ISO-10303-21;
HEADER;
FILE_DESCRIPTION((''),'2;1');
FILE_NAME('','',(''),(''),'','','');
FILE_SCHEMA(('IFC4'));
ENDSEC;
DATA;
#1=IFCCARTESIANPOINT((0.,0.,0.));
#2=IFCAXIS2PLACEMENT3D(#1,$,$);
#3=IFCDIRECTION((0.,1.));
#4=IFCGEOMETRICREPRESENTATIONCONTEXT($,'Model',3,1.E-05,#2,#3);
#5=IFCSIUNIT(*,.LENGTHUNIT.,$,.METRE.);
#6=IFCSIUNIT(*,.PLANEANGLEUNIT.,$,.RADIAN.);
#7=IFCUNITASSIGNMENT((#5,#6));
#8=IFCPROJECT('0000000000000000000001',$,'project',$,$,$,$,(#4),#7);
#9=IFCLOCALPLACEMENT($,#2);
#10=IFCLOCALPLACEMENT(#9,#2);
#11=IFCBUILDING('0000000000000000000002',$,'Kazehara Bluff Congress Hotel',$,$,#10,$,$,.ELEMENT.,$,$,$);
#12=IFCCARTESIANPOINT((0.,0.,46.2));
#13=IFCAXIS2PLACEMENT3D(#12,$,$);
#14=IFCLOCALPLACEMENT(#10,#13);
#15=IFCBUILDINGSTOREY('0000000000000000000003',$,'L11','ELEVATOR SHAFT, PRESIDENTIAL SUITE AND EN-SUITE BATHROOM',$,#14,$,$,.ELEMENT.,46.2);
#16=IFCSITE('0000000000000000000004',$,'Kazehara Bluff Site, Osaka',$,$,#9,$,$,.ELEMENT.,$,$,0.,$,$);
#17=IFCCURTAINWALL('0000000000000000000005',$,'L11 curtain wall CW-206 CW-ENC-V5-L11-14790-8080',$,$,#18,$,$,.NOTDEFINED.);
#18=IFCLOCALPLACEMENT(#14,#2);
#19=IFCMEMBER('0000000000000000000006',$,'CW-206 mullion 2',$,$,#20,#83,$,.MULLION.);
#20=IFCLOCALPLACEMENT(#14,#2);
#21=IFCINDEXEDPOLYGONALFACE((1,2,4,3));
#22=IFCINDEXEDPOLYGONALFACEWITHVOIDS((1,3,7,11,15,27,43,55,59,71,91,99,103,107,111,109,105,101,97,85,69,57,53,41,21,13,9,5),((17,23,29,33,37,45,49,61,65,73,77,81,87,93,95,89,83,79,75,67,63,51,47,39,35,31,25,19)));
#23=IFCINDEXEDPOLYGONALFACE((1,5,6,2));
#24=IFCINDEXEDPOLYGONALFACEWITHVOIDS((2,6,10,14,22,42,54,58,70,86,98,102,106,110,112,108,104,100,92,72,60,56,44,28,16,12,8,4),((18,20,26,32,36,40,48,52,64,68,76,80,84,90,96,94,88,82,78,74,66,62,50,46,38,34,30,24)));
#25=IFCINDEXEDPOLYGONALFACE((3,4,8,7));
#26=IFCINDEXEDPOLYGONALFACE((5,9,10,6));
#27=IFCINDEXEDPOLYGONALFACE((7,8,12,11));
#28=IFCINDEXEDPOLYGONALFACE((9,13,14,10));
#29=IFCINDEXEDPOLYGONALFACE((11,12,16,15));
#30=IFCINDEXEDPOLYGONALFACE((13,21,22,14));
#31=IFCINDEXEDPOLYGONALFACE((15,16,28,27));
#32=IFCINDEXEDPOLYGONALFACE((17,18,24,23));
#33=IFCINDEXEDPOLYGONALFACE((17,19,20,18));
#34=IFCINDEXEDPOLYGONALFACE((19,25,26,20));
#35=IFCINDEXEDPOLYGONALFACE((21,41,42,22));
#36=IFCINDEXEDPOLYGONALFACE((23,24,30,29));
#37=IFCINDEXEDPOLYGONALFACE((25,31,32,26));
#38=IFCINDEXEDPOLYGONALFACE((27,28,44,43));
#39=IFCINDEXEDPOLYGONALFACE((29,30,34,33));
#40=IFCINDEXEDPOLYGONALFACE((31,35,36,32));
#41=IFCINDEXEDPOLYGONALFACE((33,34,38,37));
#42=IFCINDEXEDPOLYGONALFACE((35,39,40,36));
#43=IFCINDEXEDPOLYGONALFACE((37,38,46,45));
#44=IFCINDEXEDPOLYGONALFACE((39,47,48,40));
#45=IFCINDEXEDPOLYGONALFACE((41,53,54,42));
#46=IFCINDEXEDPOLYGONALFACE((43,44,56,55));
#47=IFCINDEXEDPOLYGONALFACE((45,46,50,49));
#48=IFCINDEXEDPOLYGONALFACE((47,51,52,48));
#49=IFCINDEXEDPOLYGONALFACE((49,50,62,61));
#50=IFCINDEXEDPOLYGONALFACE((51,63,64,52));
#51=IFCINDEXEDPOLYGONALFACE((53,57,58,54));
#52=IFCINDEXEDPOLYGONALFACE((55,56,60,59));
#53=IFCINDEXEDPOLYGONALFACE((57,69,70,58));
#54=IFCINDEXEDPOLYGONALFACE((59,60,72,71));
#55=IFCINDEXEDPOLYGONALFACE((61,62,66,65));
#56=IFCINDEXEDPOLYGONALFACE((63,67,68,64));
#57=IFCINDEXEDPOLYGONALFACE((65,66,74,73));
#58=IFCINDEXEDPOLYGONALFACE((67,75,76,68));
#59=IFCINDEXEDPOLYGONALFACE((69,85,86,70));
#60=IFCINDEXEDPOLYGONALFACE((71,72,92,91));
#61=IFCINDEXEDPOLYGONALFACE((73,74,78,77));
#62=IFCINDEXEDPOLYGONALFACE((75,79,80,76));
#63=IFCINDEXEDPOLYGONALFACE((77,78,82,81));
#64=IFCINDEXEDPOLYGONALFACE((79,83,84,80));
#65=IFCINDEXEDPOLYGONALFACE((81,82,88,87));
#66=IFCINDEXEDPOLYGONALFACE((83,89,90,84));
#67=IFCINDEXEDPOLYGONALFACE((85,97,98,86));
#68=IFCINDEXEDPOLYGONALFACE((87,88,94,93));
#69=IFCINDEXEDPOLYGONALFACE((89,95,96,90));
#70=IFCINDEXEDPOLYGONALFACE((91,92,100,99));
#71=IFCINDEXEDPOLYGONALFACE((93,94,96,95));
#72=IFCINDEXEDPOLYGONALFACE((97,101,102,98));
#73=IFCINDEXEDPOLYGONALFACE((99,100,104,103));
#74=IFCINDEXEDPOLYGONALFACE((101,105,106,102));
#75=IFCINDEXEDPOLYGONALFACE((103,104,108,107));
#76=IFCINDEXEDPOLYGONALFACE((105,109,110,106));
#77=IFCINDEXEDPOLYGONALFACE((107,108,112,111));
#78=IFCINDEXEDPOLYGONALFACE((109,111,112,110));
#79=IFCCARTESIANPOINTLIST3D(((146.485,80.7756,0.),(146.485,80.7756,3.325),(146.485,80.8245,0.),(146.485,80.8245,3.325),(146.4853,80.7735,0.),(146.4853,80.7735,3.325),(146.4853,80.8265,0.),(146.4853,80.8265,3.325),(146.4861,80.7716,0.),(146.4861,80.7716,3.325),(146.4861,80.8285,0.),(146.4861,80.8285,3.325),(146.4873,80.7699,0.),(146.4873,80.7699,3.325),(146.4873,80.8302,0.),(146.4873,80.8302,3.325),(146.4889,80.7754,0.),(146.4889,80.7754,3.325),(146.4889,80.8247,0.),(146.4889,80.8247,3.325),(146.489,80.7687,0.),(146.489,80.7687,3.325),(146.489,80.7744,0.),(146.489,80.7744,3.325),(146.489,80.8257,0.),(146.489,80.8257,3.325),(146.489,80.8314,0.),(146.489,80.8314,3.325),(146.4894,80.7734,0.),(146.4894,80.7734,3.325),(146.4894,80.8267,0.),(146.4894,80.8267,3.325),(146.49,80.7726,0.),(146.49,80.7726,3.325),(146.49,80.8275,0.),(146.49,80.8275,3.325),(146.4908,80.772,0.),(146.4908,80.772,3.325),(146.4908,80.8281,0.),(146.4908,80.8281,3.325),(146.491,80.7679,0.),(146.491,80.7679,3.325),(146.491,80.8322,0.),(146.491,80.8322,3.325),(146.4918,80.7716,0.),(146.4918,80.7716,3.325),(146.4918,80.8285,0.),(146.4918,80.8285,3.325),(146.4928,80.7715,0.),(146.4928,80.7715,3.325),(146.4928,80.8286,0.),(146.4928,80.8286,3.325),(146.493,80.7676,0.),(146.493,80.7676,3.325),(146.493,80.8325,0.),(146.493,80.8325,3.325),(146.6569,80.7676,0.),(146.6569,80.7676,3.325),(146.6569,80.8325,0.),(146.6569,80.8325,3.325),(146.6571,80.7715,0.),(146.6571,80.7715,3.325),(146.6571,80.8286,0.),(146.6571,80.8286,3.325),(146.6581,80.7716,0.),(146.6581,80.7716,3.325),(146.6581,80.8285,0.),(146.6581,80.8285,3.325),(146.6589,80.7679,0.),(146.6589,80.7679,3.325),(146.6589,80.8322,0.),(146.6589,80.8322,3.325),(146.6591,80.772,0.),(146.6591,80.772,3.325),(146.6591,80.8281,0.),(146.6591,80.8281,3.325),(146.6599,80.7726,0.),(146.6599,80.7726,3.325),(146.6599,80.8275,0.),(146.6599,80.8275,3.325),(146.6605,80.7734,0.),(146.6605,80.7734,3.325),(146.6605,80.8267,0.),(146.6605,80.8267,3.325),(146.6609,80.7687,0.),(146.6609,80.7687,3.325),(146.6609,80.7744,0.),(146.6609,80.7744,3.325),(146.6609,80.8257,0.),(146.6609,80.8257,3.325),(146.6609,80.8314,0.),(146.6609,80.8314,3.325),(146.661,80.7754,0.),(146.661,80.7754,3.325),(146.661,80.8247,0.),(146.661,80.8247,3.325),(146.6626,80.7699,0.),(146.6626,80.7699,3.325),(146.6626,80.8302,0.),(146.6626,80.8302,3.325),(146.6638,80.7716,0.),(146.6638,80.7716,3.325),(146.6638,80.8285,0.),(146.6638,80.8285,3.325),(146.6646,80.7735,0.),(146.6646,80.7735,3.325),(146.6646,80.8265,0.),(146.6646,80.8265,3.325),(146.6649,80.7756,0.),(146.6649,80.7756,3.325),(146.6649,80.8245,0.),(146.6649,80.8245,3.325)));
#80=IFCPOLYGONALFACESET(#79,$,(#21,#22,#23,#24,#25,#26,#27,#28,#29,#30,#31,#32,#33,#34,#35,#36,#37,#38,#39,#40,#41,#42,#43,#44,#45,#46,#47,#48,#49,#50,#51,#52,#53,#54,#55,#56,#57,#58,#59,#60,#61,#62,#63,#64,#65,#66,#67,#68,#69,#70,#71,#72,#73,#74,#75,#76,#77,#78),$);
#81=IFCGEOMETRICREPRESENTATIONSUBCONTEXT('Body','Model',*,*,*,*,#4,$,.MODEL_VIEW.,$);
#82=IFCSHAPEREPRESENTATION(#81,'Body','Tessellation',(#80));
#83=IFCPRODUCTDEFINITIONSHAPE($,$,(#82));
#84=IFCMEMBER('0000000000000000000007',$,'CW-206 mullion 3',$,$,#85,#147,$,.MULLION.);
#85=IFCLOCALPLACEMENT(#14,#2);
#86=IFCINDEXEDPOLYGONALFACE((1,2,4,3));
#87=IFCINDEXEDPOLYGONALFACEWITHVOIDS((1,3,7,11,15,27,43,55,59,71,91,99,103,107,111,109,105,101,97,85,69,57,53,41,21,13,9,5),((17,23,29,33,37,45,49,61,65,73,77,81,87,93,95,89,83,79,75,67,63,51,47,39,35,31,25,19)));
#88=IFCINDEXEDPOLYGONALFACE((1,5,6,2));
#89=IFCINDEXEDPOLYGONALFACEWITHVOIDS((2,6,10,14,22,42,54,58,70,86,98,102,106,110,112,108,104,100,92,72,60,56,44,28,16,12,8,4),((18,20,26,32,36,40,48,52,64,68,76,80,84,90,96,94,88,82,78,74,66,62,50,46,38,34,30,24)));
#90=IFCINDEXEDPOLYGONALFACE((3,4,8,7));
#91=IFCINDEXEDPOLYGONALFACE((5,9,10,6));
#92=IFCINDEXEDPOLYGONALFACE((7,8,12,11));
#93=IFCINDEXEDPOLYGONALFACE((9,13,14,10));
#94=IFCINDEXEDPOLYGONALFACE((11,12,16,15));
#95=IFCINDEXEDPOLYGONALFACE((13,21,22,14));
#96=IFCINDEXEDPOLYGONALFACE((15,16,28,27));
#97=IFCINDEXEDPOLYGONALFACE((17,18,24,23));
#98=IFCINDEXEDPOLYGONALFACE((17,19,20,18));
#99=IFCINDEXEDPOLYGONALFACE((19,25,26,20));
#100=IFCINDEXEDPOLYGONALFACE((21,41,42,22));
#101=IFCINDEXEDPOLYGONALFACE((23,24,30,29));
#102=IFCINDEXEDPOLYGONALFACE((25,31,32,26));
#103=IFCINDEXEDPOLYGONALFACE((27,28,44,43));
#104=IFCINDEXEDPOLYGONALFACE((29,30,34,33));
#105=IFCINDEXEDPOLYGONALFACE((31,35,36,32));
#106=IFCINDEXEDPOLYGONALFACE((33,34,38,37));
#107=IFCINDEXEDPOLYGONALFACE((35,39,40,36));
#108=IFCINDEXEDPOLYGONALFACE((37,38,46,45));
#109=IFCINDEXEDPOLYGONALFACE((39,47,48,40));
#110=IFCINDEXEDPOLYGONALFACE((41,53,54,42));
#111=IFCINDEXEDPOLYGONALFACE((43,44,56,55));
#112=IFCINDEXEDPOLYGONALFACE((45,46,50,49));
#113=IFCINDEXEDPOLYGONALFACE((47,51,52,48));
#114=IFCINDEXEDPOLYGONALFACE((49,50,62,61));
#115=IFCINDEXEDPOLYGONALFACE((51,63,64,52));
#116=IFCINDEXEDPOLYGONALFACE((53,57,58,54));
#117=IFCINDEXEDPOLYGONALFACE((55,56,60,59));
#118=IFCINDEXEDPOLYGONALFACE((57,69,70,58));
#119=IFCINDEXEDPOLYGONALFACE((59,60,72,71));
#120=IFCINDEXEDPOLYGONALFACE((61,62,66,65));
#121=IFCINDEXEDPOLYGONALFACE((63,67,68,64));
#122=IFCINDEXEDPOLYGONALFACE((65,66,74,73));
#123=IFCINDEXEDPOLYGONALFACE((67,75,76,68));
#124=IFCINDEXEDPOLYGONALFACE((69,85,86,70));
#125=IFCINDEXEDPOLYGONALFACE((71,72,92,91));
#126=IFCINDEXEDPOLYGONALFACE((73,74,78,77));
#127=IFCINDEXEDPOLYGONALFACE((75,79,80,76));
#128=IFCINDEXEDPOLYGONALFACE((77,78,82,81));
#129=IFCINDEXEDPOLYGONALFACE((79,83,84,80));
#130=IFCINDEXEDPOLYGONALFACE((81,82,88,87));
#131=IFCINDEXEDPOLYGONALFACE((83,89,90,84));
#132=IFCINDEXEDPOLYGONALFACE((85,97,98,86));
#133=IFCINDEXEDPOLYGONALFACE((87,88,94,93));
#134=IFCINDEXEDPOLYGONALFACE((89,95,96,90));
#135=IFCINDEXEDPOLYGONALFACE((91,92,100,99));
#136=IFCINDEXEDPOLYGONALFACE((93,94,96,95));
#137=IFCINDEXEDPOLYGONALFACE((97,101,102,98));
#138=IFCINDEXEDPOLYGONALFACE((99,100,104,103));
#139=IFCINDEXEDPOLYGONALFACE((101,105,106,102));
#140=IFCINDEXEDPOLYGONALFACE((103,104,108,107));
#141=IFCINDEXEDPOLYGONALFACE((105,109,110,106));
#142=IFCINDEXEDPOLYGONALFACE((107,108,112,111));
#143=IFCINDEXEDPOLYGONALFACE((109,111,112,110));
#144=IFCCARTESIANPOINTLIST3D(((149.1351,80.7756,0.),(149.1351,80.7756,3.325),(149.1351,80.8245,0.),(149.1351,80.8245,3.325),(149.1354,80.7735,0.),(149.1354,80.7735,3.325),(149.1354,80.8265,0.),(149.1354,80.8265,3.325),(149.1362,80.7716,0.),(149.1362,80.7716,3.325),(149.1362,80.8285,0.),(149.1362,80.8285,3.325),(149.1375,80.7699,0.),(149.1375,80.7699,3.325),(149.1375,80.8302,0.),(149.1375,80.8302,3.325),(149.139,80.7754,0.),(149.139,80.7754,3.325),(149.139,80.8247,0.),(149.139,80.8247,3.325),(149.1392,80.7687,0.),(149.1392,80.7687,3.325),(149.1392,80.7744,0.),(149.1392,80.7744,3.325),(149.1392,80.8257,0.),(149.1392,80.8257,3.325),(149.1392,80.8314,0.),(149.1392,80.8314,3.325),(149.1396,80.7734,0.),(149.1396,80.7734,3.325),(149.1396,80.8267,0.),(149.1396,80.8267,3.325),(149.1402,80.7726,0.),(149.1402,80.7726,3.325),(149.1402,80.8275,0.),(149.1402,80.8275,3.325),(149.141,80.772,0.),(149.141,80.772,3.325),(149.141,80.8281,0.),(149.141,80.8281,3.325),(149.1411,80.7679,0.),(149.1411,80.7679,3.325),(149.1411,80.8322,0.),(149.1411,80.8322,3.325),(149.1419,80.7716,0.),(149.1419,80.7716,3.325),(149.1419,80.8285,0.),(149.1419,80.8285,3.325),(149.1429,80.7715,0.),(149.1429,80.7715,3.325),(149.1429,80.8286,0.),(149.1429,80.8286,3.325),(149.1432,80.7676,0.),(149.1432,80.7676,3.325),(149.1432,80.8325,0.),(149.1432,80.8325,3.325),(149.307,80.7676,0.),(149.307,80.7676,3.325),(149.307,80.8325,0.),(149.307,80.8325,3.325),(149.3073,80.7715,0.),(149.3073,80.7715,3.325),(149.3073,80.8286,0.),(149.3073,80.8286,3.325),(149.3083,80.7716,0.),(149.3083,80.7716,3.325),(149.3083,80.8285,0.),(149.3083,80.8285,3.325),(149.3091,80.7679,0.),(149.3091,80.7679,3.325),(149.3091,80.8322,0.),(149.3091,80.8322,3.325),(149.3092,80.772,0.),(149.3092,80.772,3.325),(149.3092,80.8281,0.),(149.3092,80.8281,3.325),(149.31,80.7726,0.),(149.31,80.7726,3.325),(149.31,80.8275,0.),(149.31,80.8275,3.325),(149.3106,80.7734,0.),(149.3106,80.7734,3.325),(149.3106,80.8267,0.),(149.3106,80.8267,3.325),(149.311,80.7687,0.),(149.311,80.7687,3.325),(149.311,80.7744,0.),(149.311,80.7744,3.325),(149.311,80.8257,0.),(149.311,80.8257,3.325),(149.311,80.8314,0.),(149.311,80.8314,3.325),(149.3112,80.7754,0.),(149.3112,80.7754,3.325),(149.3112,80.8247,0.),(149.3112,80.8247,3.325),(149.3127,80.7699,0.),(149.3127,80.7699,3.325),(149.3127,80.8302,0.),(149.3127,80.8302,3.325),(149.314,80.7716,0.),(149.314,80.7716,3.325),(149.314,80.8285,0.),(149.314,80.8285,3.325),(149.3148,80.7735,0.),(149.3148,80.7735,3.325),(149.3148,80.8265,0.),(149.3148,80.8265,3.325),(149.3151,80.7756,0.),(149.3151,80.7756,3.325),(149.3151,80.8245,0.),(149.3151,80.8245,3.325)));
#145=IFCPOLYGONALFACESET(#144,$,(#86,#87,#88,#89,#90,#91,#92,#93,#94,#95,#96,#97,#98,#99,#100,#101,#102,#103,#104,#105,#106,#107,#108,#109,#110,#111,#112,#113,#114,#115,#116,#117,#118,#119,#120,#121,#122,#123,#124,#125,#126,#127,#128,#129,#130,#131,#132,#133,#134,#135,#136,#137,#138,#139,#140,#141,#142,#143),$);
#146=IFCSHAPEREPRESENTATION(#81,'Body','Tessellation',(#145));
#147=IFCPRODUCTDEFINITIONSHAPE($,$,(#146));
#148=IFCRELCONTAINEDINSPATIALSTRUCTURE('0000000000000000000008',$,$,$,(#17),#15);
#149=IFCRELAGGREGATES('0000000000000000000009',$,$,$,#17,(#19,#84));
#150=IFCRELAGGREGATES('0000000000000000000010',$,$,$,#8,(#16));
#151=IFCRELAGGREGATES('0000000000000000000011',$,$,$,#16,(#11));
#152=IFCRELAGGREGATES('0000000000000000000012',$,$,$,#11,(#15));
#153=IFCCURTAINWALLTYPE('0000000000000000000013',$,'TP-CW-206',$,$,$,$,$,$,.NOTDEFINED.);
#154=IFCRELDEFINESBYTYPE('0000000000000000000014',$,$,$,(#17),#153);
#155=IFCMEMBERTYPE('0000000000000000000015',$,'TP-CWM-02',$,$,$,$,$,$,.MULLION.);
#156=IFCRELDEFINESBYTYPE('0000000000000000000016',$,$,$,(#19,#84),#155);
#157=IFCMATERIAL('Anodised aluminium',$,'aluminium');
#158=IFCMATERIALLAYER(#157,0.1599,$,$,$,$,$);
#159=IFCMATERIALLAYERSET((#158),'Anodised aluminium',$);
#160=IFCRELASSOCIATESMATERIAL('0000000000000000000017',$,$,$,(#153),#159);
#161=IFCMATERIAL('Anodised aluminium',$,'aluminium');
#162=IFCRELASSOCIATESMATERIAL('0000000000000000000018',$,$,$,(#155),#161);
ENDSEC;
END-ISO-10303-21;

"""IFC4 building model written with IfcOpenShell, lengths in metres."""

from ifc_helpers import new_model, si_unit, direction, frame, origin, origin_2d, place, context, subcontext, project, spatial, hollow_rectangle, extrude, material, layer, layer_set, material_profile, profile_set, type_object, element, aggregate, save


model = new_model("IFC4")

# Units and contexts
model_context = context("Model", 3, precision=1e-05, world=origin(), true_north=direction((0.0, 1.0)))
body_context = subcontext(model_context, "Body", "Model", "MODEL_VIEW")
ifc_project = project(units=[si_unit("LENGTHUNIT", "METRE"), si_unit("PLANEANGLEUNIT", "RADIAN")], contexts=[model_context])

# Site, building, storey
site_placement = place(None, origin())
site = spatial("IfcSite", under=ifc_project, at=site_placement, Name="Kazehara Bluff Site, Osaka", CompositionType="ELEMENT", RefElevation=0.0)
building_placement = place(site_placement, origin())
building = spatial("IfcBuilding", under=site, at=building_placement, Name="Kazehara Bluff Congress Hotel", CompositionType="ELEMENT")
storey_placement = place(building_placement, frame((0.0, 0.0, 46.2)))
storey = spatial("IfcBuildingStorey", under=building, at=storey_placement, Name="L11", Description="ELEVATOR SHAFT, PRESIDENTIAL SUITE AND EN-SUITE BATHROOM", CompositionType="ELEMENT", Elevation=46.2)

# Curtain wall, members
ifc_material_1 = material(Name="Anodised aluminium", Category="aluminium")
ifc_layer_1 = layer(ifc_material_1, 0.1599)
ifc_layer_set_1 = layer_set([ifc_layer_1], Name="Anodised aluminium")
curtain_wall_type = type_object("IfcCurtainWallType", Name="TP-CW-206", PredefinedType="NOTDEFINED", material=ifc_layer_set_1)
curtain_wall_placement = place(storey_placement, origin())
curtain_wall = element("IfcCurtainWall", 1, at=curtain_wall_placement, inside=storey, type_object=curtain_wall_type, Name="L11 curtain wall CW-206 CW-ENC-V5-L11-14790-8080", PredefinedType="NOTDEFINED")
ifc_material_2 = material(Name="Anodised aluminium", Category="aluminium")
ifc_material_profile_1 = material_profile(ifc_material_2, hollow_rectangle(XDim=0.0649, YDim=0.1799, WallThickness=0.0039, InnerFilletRadius=0.0039, OuterFilletRadius=0.0081, at=origin_2d()))
ifc_profile_set_1 = profile_set([ifc_material_profile_1], Name="Anodised aluminium")
member_type_1 = type_object("IfcMemberType", Name="TP-CWM-02", PredefinedType="MULLION", material=ifc_profile_set_1)
member_1_placement = place(storey_placement, frame((146.575, 80.8, 0.0), z_axis=(0.0, 0.0, 1.0), x_axis=(0.0, 1.0, 0.0)))
member_1 = element("IfcMember", 2, at=member_1_placement, type_object=member_type_1, Name="CW-206 mullion 2", PredefinedType="MULLION", context=body_context, shape_type="SweptSolid", body=[
    extrude(hollow_rectangle(XDim=0.0649, YDim=0.1799, WallThickness=0.0039, InnerFilletRadius=0.0039, OuterFilletRadius=0.0081, at=origin_2d()), origin(), (0.0, 0.0, 1.0), 3.325),
])
member_2_placement = place(storey_placement, frame((149.2251, 80.8, 0.0), z_axis=(0.0, 0.0, 1.0), x_axis=(0.0, 1.0, 0.0)))
member_2 = element("IfcMember", 3, at=member_2_placement, type_object=member_type_1, Name="CW-206 mullion 3", PredefinedType="MULLION", context=body_context, shape_type="SweptSolid", body=[
    extrude(hollow_rectangle(XDim=0.0649, YDim=0.1799, WallThickness=0.0039, InnerFilletRadius=0.0039, OuterFilletRadius=0.0081, at=origin_2d()), origin(), (0.0, 0.0, 1.0), 3.325),
])

aggregate(curtain_wall, [member_1, member_2])

save(model, "model.ifc")
